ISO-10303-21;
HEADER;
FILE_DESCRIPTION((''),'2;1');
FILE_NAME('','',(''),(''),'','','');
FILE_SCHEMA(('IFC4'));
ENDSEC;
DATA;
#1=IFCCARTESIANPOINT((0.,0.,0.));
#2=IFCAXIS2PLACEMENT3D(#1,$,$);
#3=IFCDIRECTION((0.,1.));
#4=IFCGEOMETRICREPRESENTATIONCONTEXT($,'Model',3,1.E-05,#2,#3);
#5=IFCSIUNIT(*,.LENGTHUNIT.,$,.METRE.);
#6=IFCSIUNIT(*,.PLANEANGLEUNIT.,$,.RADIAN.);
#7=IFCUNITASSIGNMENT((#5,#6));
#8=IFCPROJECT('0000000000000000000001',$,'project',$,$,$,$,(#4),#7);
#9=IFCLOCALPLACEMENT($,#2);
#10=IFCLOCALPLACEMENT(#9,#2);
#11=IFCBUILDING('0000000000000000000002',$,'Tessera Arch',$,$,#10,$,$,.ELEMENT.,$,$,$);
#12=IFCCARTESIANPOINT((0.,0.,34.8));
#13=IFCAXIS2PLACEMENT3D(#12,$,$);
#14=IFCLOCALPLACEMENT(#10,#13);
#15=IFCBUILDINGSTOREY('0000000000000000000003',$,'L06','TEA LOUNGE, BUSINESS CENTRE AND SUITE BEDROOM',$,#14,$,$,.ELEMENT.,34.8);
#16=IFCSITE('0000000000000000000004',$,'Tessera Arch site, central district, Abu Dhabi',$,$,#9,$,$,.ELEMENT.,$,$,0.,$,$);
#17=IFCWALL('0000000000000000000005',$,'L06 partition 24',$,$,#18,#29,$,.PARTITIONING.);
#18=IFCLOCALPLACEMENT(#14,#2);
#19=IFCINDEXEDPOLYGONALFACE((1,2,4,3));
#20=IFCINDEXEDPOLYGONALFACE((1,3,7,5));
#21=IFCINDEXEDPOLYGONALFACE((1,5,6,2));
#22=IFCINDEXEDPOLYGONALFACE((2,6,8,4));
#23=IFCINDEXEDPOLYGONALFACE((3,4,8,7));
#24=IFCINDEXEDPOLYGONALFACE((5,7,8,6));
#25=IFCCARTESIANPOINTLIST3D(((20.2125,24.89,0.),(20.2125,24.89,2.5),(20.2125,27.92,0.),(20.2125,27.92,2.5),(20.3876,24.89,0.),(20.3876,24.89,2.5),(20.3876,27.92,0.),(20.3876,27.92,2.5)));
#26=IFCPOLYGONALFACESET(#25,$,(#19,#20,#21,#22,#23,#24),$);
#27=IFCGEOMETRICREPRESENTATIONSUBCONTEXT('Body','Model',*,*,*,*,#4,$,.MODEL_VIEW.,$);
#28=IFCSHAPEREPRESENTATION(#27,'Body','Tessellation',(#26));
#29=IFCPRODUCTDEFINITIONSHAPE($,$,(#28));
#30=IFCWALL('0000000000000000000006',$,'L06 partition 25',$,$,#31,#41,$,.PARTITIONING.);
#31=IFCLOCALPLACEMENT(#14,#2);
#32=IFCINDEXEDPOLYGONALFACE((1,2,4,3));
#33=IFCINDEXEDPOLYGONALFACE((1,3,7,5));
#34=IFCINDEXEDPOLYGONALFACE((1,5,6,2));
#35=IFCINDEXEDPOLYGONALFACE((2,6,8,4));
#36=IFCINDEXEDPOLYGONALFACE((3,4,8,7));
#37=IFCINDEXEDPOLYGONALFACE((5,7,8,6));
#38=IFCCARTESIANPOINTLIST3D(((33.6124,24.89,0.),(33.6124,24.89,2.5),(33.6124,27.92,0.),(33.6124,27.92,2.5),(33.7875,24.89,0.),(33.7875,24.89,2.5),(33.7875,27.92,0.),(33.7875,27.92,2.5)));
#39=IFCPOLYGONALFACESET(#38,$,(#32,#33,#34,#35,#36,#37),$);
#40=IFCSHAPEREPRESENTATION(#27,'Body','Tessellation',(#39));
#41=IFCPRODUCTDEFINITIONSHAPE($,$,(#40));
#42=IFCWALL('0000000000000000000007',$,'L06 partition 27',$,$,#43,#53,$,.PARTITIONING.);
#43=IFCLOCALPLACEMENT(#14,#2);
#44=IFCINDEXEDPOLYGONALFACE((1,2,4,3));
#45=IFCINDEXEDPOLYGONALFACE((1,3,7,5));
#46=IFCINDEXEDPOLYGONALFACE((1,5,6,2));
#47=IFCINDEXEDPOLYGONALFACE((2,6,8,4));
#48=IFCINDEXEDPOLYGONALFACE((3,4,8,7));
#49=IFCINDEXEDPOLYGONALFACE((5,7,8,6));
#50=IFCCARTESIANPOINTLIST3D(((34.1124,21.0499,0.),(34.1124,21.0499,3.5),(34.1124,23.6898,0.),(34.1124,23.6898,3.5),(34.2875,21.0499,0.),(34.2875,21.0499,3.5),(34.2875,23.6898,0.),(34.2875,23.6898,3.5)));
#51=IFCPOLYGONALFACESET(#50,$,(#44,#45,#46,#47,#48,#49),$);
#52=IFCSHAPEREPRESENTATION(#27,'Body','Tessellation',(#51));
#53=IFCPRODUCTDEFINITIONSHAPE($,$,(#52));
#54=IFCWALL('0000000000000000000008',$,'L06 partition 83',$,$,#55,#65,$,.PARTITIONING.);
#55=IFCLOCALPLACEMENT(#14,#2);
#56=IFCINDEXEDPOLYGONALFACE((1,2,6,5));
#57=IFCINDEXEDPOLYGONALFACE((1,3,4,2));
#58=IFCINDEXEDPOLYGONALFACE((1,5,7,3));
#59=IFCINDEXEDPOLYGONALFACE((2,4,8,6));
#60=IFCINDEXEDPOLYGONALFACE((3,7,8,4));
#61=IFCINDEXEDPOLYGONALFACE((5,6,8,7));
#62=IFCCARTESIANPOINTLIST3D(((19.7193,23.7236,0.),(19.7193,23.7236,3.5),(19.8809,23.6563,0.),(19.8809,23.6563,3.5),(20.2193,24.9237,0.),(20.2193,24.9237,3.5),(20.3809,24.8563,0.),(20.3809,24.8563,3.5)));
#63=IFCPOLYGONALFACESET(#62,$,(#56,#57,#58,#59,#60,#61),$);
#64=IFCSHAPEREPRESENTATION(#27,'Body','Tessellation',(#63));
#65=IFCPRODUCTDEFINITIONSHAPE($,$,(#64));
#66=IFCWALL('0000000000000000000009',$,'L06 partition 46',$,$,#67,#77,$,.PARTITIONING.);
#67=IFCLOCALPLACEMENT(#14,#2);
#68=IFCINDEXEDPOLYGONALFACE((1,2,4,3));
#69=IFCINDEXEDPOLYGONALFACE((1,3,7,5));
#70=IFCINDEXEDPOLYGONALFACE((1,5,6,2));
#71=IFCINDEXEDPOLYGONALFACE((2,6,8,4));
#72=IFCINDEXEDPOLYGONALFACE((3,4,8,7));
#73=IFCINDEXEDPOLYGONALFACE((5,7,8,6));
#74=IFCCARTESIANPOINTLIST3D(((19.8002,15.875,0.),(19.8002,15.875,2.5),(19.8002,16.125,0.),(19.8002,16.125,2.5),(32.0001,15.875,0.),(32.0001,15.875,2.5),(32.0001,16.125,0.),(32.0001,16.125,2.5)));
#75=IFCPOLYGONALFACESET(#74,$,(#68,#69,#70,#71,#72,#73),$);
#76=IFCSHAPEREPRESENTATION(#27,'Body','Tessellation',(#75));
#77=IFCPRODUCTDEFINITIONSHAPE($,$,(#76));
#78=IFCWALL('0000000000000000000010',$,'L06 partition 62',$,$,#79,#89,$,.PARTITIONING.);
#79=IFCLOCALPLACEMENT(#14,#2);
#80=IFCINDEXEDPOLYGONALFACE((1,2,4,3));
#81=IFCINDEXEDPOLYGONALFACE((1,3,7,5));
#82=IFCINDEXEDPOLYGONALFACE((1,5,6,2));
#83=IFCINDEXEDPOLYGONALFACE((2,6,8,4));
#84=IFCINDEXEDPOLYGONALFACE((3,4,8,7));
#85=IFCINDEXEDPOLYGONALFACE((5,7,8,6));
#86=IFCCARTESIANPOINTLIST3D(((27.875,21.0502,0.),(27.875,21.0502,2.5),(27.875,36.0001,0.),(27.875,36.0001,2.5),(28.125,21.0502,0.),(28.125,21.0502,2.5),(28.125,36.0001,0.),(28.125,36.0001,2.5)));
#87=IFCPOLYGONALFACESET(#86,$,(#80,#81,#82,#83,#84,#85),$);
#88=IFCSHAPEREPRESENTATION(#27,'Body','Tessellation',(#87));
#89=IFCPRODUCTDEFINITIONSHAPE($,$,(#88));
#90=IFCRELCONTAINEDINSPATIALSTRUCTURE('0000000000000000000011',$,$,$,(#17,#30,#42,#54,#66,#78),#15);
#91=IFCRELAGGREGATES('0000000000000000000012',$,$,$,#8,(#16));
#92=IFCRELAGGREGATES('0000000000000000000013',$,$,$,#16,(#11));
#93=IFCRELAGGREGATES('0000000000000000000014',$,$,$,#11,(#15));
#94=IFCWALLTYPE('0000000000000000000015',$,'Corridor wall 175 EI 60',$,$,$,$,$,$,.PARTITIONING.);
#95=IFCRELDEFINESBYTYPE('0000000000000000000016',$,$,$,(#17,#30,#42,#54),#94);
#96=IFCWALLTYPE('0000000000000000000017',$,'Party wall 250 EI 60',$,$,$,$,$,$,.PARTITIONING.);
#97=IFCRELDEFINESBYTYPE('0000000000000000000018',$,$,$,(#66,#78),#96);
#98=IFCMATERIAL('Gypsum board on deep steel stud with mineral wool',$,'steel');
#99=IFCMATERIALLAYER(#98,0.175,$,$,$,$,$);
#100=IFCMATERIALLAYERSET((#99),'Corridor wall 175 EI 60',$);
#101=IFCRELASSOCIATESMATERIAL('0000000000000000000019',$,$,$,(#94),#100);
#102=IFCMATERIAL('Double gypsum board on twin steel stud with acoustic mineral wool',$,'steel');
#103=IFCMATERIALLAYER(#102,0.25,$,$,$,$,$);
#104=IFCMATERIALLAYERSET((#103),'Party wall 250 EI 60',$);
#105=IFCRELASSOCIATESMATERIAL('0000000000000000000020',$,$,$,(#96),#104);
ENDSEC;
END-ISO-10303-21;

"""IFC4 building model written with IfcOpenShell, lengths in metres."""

from ifc_helpers import new_model, si_unit, direction, frame, frame_2d, origin, place, context, subcontext, project, spatial, rectangle, extrude, material, layer, layer_set, type_object, element, save


model = new_model("IFC4")

# Units and contexts
model_context = context("Model", 3, precision=1e-05, world=origin(), true_north=direction((0.0, 1.0)))
body_context = subcontext(model_context, "Body", "Model", "MODEL_VIEW")
ifc_project = project(units=[si_unit("LENGTHUNIT", "METRE"), si_unit("PLANEANGLEUNIT", "RADIAN")], contexts=[model_context])

# Site, building, storey
site_placement = place(None, origin())
site = spatial("IfcSite", under=ifc_project, at=site_placement, Name="Tessera Arch site, central district, Abu Dhabi", CompositionType="ELEMENT", RefElevation=0.0)
building_placement = place(site_placement, origin())
building = spatial("IfcBuilding", under=site, at=building_placement, Name="Tessera Arch", CompositionType="ELEMENT")
storey_placement = place(building_placement, frame((0.0, 0.0, 34.8)))
storey = spatial("IfcBuildingStorey", under=building, at=storey_placement, Name="L06", Description="TEA LOUNGE, BUSINESS CENTRE AND SUITE BEDROOM", CompositionType="ELEMENT", Elevation=34.8)

# Shared definitions
ifc_material_1 = material(Name="Gypsum board on deep steel stud with mineral wool", Category="steel")
ifc_layer_1 = layer(ifc_material_1, 0.175)
ifc_layer_set_1 = layer_set([ifc_layer_1], Name="Corridor wall 175 EI 60")
wall_type_1 = type_object("IfcWallType", Name="Corridor wall 175 EI 60", PredefinedType="PARTITIONING", material=ifc_layer_set_1)

# Walls
for number, where, z_axis, x_axis, name in (
    (1, (20.3, 24.8899, 0.0), (0.0, 0.0, 1.0), (0.0, 1.0, 0.0), "L06 partition 24"),
    (2, (33.7, 24.8899, 0.0), (0.0, 0.0, 1.0), (0.0, 1.0, 0.0), "L06 partition 25"),
):
    element("IfcWall", number, at=place(storey_placement, frame(where, z_axis=z_axis, x_axis=x_axis)), inside=storey, type_object=wall_type_1, Name=name, PredefinedType="PARTITIONING", context=body_context, shape_type="SweptSolid", body=[
        extrude(rectangle(XDim=3.03, YDim=0.175, at=frame_2d((1.5151, 0.0))), origin(), (0.0, 0.0, 1.0), 2.5),
    ])
wall_1_placement = place(storey_placement, frame((34.2, 21.05, 0.0), z_axis=(0.0, 0.0, 1.0), x_axis=(0.0, 1.0, 0.0)))
element("IfcWall", 3, at=wall_1_placement, inside=storey, type_object=wall_type_1, Name="L06 partition 27", PredefinedType="PARTITIONING", context=body_context, shape_type="SweptSolid", body=[
    extrude(rectangle(XDim=2.6399, YDim=0.175, at=frame_2d((1.3198, 0.0))), origin(), (0.0, 0.0, 1.0), 3.5),
])
wall_2_placement = place(storey_placement, frame((20.3, 24.8899, 0.0), z_axis=(0.0, 0.0, 1.0), x_axis=(-0.384629, -0.923071, 0.0)))
element("IfcWall", 4, at=wall_2_placement, inside=storey, type_object=wall_type_1, Name="L06 partition 83", PredefinedType="PARTITIONING", context=body_context, shape_type="SweptSolid", body=[
    extrude(rectangle(XDim=1.3, YDim=0.175, at=frame_2d((0.6499, 0.0))), origin(), (0.0, 0.0, 1.0), 3.5),
])
ifc_material_2 = material(Name="Double gypsum board on twin steel stud with acoustic mineral wool", Category="steel")
ifc_layer_2 = layer(ifc_material_2, 0.25)
ifc_layer_set_2 = layer_set([ifc_layer_2], Name="Party wall 250 EI 60")
wall_type_2 = type_object("IfcWallType", Name="Party wall 250 EI 60", PredefinedType="PARTITIONING", material=ifc_layer_set_2)
wall_3_placement = place(storey_placement, frame((19.8, 16.0, 0.0), z_axis=(0.0, 0.0, 1.0), x_axis=(1.0, 0.0, 0.0)))
element("IfcWall", 5, at=wall_3_placement, inside=storey, type_object=wall_type_2, Name="L06 partition 46", PredefinedType="PARTITIONING", context=body_context, shape_type="SweptSolid", body=[
    extrude(rectangle(XDim=12.2, YDim=0.25, at=frame_2d((6.1001, 0.0))), origin(), (0.0, 0.0, 1.0), 2.5),
])
wall_4_placement = place(storey_placement, frame((28.0, 21.05, 0.0), z_axis=(0.0, 0.0, 1.0), x_axis=(0.0, 1.0, 0.0)))
element("IfcWall", 6, at=wall_4_placement, inside=storey, type_object=wall_type_2, Name="L06 partition 62", PredefinedType="PARTITIONING", context=body_context, shape_type="SweptSolid", body=[
    extrude(rectangle(XDim=14.95, YDim=0.25, at=frame_2d((7.4751, 0.0))), origin(), (0.0, 0.0, 1.0), 2.5),
])

save(model, "model.ifc")
